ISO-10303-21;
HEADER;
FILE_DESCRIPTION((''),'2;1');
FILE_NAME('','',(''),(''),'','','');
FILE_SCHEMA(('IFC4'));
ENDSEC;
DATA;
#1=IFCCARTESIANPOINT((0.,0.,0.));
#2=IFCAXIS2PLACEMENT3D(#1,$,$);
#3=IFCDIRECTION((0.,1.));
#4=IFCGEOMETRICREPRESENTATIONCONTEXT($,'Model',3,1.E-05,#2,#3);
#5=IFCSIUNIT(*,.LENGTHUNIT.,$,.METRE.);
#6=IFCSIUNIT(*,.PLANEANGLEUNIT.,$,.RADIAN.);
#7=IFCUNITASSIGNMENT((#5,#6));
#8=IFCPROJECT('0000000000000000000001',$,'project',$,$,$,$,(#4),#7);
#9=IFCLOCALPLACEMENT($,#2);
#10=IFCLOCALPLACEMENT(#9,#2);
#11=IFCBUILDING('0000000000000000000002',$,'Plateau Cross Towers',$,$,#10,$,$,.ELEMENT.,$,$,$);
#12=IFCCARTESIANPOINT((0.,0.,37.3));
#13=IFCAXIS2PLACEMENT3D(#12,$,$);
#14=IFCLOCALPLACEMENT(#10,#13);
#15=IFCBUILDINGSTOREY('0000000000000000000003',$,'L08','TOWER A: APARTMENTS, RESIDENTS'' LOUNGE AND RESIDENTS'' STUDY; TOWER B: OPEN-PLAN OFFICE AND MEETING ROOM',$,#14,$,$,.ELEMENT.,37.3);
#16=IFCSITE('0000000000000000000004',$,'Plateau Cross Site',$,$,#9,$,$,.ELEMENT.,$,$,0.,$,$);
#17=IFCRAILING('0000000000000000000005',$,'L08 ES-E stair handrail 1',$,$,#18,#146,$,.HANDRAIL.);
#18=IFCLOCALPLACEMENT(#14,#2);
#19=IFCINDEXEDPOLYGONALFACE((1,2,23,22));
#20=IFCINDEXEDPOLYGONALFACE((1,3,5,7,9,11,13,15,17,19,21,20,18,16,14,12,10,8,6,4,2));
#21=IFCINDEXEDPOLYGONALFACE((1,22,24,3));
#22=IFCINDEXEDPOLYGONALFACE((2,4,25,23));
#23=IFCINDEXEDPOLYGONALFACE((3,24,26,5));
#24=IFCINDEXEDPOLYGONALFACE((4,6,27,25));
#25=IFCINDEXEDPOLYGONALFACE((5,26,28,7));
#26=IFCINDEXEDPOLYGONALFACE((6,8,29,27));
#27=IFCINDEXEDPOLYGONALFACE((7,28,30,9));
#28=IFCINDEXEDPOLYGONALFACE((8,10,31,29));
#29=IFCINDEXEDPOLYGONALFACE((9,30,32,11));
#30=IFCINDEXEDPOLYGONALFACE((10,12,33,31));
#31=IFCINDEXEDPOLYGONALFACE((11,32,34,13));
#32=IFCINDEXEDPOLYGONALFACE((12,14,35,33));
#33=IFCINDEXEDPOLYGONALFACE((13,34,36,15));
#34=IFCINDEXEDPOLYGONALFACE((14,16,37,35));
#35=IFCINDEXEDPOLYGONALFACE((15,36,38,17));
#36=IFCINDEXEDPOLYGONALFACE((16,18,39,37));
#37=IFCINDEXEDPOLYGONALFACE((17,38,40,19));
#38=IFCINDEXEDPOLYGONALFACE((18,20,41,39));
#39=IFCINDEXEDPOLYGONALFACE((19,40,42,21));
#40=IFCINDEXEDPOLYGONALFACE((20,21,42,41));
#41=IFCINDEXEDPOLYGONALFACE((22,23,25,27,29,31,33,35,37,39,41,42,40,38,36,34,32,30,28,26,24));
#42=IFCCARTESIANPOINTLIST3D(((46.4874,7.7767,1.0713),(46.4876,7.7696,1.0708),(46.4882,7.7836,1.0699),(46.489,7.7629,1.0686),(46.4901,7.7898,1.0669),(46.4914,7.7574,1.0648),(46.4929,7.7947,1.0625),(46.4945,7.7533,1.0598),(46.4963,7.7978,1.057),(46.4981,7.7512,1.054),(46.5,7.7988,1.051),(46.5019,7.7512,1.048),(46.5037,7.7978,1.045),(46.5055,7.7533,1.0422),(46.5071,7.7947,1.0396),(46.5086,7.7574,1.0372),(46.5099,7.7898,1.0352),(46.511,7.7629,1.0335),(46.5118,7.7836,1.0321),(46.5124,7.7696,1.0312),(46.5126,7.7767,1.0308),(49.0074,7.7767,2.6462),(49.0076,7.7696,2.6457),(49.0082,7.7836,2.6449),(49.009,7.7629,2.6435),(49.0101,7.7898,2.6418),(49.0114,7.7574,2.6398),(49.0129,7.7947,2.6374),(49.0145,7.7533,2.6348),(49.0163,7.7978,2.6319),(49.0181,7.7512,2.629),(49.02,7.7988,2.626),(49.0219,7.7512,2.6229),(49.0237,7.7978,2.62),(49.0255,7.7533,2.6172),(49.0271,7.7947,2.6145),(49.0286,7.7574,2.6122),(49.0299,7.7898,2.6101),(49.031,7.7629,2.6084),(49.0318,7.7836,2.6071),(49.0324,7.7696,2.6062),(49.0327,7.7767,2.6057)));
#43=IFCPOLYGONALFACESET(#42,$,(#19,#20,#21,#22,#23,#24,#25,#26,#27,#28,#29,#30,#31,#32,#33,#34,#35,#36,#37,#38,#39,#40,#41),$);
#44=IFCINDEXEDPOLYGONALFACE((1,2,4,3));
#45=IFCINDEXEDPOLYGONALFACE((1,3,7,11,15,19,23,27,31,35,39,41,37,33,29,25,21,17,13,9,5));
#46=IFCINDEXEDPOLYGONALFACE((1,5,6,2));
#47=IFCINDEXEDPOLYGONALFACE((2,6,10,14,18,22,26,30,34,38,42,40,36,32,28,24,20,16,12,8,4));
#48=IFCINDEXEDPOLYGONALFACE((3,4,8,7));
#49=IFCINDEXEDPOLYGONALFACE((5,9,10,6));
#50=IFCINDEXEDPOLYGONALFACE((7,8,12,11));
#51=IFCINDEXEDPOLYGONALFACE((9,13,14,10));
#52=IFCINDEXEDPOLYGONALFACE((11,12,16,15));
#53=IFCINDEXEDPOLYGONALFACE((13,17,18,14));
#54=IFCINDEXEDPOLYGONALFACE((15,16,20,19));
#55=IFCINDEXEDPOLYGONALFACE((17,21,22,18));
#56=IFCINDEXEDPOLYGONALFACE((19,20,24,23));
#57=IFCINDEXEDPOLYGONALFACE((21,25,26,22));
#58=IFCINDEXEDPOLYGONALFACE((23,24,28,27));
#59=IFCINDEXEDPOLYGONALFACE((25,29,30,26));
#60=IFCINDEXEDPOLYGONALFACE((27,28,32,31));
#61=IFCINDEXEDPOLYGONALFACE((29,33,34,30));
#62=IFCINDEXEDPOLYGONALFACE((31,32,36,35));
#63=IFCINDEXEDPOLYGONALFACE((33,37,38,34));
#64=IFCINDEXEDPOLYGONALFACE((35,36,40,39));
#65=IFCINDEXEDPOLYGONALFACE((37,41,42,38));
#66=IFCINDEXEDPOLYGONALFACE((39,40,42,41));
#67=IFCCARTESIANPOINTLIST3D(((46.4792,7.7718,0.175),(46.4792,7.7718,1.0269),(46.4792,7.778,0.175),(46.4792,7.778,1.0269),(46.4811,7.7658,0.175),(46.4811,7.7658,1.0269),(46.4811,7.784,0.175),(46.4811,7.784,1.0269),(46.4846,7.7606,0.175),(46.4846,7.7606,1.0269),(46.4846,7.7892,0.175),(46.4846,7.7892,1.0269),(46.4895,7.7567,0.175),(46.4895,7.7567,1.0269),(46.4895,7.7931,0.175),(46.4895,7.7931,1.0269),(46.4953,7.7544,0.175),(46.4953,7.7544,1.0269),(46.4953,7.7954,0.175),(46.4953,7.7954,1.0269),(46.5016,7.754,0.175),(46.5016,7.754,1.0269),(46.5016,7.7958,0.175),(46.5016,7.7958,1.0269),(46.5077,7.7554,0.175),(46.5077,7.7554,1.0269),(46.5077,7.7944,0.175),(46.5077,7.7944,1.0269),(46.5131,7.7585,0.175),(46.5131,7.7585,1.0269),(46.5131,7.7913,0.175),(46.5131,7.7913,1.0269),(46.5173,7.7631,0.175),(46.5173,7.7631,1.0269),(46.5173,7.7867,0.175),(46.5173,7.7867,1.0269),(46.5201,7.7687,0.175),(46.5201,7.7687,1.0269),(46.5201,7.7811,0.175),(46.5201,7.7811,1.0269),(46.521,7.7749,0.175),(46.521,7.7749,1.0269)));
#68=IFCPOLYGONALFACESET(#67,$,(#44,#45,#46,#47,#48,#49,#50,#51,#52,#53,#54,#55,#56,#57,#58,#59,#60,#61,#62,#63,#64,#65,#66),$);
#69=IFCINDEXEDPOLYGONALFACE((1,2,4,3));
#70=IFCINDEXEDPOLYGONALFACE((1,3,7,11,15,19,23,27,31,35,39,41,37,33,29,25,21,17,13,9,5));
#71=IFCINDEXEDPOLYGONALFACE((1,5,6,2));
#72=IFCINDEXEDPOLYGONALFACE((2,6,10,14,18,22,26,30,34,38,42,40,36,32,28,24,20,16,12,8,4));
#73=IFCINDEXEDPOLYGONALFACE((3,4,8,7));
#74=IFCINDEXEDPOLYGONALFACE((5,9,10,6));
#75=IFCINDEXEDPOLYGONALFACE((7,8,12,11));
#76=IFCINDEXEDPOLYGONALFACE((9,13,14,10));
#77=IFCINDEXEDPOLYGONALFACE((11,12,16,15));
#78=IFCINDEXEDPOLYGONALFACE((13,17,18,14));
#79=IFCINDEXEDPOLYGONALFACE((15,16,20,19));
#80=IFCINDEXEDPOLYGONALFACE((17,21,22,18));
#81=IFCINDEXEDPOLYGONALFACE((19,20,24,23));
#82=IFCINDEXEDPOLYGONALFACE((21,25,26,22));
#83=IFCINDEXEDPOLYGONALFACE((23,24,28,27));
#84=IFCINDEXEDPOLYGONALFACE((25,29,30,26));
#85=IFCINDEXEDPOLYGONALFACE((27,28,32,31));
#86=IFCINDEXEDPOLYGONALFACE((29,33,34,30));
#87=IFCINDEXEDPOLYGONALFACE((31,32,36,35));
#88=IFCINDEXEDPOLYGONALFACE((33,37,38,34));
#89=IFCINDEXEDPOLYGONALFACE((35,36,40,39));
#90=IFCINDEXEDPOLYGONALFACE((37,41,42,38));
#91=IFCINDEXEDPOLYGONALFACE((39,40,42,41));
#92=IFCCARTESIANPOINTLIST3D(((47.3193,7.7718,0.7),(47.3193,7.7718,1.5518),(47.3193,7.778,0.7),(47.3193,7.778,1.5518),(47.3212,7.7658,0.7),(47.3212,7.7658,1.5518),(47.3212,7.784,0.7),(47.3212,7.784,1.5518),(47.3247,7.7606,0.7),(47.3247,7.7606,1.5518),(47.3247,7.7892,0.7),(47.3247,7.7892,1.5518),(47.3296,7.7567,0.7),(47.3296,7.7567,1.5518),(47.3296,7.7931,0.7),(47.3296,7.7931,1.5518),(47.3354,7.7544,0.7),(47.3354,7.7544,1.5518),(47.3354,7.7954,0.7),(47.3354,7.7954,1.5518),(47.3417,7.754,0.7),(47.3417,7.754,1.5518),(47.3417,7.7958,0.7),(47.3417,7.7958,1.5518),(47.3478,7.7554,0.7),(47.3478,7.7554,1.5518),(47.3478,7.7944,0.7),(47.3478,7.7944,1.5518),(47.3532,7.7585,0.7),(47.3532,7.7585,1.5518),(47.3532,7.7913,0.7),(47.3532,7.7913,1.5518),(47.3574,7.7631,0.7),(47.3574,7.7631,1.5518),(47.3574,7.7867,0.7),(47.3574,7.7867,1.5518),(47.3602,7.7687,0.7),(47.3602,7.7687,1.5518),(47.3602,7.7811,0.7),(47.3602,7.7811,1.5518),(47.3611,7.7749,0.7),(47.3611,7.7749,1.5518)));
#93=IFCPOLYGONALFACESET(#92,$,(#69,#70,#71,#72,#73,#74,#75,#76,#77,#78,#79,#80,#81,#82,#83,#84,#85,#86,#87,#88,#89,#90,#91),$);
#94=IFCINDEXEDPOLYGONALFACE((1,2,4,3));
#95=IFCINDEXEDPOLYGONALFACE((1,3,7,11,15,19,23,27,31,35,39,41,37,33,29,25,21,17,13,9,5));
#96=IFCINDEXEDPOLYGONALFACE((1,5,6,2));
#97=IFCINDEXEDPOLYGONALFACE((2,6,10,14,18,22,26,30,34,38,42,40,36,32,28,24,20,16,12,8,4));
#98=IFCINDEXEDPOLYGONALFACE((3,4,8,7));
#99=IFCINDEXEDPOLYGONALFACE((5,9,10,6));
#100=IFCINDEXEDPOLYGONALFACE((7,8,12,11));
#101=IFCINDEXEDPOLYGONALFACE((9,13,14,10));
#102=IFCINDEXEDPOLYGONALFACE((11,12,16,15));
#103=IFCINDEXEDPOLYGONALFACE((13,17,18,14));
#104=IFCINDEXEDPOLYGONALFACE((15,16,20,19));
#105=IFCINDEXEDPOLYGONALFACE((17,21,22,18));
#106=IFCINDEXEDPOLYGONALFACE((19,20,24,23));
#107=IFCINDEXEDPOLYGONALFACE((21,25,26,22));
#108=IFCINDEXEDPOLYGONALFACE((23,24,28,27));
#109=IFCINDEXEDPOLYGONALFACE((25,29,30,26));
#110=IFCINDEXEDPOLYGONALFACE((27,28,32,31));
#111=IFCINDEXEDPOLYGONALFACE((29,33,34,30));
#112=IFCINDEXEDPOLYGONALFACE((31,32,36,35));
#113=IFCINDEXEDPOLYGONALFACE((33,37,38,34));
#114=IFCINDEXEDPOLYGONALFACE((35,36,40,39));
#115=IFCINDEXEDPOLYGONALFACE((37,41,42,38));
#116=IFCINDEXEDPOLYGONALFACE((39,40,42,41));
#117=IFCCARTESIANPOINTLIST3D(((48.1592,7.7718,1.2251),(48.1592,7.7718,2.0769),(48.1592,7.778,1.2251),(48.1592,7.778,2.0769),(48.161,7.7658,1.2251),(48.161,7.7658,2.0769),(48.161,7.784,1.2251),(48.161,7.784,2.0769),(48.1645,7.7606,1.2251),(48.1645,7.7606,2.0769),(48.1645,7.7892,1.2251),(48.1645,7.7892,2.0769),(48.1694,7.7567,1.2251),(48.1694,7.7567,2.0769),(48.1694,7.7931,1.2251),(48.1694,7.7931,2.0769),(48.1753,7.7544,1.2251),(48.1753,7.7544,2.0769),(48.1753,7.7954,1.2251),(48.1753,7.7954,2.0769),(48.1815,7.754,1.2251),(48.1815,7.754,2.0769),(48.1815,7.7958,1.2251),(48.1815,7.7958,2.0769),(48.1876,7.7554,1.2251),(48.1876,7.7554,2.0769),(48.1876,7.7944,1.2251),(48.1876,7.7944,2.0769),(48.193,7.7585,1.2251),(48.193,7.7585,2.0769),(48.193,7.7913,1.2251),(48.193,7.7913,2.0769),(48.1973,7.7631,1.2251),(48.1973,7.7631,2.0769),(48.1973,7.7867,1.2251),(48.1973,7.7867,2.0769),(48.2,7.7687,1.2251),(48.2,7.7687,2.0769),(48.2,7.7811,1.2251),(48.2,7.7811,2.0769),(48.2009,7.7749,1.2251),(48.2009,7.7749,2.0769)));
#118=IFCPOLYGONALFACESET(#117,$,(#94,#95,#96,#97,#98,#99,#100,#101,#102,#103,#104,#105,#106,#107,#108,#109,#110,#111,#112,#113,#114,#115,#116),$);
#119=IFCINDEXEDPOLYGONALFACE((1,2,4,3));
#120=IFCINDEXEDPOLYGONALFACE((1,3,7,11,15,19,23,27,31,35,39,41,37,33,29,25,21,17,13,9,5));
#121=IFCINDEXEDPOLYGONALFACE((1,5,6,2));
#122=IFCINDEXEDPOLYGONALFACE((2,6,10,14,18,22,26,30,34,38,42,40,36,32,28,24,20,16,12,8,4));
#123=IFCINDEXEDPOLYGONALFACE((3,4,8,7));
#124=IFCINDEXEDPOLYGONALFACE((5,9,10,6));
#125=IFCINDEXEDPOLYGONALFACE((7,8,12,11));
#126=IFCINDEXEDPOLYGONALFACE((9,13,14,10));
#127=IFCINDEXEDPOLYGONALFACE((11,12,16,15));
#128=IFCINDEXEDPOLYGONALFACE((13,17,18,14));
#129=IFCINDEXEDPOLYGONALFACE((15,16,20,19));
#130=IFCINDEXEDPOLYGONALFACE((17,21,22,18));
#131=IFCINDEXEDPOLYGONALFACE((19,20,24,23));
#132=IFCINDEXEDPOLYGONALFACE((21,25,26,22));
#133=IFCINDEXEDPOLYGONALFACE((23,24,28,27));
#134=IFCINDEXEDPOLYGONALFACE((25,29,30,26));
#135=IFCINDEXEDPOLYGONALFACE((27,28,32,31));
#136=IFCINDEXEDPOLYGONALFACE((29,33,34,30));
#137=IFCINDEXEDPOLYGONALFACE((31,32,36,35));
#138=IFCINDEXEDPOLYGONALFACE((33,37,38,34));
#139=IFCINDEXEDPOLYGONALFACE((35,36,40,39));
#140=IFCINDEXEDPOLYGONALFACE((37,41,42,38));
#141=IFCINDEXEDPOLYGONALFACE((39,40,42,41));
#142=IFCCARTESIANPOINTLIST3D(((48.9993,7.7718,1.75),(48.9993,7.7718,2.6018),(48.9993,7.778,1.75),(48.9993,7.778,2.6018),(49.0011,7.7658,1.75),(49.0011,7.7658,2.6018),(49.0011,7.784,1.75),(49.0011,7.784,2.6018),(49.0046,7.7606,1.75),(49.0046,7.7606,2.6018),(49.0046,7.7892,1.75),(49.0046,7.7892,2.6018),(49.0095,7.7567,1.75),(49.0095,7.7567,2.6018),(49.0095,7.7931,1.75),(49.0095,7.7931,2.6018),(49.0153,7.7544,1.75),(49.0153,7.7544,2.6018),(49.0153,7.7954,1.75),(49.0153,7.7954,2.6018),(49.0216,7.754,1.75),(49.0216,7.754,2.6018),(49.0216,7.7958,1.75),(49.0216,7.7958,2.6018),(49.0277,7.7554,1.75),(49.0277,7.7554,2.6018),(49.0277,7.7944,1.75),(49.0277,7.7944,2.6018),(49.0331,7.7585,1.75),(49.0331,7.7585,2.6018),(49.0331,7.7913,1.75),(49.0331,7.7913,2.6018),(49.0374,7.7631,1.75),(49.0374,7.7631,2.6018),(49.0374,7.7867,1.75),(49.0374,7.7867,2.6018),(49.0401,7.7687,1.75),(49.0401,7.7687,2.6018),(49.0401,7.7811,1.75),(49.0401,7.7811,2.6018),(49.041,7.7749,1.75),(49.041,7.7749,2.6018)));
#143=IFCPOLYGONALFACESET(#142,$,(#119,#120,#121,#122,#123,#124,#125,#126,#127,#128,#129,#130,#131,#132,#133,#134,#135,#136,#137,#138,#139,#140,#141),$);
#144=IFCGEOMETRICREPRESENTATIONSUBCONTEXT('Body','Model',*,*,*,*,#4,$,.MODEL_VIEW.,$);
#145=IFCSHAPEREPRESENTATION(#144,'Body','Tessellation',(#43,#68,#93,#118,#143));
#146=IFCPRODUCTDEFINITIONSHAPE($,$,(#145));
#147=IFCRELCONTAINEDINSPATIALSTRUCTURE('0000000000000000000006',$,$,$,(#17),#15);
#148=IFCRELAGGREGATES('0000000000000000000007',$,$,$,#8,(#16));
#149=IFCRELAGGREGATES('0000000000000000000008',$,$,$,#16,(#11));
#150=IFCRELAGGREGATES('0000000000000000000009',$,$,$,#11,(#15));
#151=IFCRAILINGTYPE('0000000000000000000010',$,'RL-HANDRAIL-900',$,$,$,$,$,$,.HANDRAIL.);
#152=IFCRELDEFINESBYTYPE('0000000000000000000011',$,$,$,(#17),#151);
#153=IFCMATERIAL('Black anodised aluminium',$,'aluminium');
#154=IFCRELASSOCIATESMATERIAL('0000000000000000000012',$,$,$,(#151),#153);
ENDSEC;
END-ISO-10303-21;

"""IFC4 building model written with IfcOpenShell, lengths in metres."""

from ifc_helpers import new_model, si_unit, direction, frame, origin, origin_2d, place, context, subcontext, project, spatial, circle, extrude, material, type_object, element, save


model = new_model("IFC4")

# Units and contexts
model_context = context("Model", 3, precision=1e-05, world=origin(), true_north=direction((0.0, 1.0)))
body_context = subcontext(model_context, "Body", "Model", "MODEL_VIEW")
ifc_project = project(units=[si_unit("LENGTHUNIT", "METRE"), si_unit("PLANEANGLEUNIT", "RADIAN")], contexts=[model_context])

# Site, building, storey
site_placement = place(None, origin())
site = spatial("IfcSite", under=ifc_project, at=site_placement, Name="Plateau Cross Site", CompositionType="ELEMENT", RefElevation=0.0)
building_placement = place(site_placement, origin())
building = spatial("IfcBuilding", under=site, at=building_placement, Name="Plateau Cross Towers", CompositionType="ELEMENT")
storey_placement = place(building_placement, frame((0.0, 0.0, 37.3)))
storey = spatial("IfcBuildingStorey", under=building, at=storey_placement, Name="L08", Description="TOWER A: APARTMENTS, RESIDENTS' LOUNGE AND RESIDENTS' STUDY; TOWER B: OPEN-PLAN OFFICE AND MEETING ROOM", CompositionType="ELEMENT", Elevation=37.3)

# Shared definitions
ifc_material_1 = material(Name="Black anodised aluminium", Category="aluminium")

# Railing
railing_type_1 = type_object("IfcRailingType", Name="RL-HANDRAIL-900", PredefinedType="HANDRAIL", material=ifc_material_1)
railing_placement = place(storey_placement, frame((46.5, 7.7749, 0.175)))
element("IfcRailing", 1, at=railing_placement, inside=storey, type_object=railing_type_1, Name="L08 ES-E stair handrail 1", PredefinedType="HANDRAIL", context=body_context, shape_type="SweptSolid", body=[
    extrude(circle(Radius=0.0239, at=origin_2d()), frame((0.0, 0.0, 0.876), z_axis=(0.848008, 0.0, 0.529984), x_axis=(0.0, 1.0, 0.0)), (0.0, 0.0, 1.0), 2.9717),
    extrude(circle(Radius=0.021, at=origin_2d()), origin(), (0.0, 0.0, 1.0), 0.8518),
    extrude(circle(Radius=0.021, at=origin_2d()), frame((0.8401, 0.0, 0.5249)), (0.0, 0.0, 1.0), 0.8518),
    extrude(circle(Radius=0.021, at=origin_2d()), frame((1.6799, 0.0, 1.05)), (0.0, 0.0, 1.0), 0.8518),
    extrude(circle(Radius=0.021, at=origin_2d()), frame((2.52, 0.0, 1.575)), (0.0, 0.0, 1.0), 0.8518),
])

save(model, "model.ifc")
